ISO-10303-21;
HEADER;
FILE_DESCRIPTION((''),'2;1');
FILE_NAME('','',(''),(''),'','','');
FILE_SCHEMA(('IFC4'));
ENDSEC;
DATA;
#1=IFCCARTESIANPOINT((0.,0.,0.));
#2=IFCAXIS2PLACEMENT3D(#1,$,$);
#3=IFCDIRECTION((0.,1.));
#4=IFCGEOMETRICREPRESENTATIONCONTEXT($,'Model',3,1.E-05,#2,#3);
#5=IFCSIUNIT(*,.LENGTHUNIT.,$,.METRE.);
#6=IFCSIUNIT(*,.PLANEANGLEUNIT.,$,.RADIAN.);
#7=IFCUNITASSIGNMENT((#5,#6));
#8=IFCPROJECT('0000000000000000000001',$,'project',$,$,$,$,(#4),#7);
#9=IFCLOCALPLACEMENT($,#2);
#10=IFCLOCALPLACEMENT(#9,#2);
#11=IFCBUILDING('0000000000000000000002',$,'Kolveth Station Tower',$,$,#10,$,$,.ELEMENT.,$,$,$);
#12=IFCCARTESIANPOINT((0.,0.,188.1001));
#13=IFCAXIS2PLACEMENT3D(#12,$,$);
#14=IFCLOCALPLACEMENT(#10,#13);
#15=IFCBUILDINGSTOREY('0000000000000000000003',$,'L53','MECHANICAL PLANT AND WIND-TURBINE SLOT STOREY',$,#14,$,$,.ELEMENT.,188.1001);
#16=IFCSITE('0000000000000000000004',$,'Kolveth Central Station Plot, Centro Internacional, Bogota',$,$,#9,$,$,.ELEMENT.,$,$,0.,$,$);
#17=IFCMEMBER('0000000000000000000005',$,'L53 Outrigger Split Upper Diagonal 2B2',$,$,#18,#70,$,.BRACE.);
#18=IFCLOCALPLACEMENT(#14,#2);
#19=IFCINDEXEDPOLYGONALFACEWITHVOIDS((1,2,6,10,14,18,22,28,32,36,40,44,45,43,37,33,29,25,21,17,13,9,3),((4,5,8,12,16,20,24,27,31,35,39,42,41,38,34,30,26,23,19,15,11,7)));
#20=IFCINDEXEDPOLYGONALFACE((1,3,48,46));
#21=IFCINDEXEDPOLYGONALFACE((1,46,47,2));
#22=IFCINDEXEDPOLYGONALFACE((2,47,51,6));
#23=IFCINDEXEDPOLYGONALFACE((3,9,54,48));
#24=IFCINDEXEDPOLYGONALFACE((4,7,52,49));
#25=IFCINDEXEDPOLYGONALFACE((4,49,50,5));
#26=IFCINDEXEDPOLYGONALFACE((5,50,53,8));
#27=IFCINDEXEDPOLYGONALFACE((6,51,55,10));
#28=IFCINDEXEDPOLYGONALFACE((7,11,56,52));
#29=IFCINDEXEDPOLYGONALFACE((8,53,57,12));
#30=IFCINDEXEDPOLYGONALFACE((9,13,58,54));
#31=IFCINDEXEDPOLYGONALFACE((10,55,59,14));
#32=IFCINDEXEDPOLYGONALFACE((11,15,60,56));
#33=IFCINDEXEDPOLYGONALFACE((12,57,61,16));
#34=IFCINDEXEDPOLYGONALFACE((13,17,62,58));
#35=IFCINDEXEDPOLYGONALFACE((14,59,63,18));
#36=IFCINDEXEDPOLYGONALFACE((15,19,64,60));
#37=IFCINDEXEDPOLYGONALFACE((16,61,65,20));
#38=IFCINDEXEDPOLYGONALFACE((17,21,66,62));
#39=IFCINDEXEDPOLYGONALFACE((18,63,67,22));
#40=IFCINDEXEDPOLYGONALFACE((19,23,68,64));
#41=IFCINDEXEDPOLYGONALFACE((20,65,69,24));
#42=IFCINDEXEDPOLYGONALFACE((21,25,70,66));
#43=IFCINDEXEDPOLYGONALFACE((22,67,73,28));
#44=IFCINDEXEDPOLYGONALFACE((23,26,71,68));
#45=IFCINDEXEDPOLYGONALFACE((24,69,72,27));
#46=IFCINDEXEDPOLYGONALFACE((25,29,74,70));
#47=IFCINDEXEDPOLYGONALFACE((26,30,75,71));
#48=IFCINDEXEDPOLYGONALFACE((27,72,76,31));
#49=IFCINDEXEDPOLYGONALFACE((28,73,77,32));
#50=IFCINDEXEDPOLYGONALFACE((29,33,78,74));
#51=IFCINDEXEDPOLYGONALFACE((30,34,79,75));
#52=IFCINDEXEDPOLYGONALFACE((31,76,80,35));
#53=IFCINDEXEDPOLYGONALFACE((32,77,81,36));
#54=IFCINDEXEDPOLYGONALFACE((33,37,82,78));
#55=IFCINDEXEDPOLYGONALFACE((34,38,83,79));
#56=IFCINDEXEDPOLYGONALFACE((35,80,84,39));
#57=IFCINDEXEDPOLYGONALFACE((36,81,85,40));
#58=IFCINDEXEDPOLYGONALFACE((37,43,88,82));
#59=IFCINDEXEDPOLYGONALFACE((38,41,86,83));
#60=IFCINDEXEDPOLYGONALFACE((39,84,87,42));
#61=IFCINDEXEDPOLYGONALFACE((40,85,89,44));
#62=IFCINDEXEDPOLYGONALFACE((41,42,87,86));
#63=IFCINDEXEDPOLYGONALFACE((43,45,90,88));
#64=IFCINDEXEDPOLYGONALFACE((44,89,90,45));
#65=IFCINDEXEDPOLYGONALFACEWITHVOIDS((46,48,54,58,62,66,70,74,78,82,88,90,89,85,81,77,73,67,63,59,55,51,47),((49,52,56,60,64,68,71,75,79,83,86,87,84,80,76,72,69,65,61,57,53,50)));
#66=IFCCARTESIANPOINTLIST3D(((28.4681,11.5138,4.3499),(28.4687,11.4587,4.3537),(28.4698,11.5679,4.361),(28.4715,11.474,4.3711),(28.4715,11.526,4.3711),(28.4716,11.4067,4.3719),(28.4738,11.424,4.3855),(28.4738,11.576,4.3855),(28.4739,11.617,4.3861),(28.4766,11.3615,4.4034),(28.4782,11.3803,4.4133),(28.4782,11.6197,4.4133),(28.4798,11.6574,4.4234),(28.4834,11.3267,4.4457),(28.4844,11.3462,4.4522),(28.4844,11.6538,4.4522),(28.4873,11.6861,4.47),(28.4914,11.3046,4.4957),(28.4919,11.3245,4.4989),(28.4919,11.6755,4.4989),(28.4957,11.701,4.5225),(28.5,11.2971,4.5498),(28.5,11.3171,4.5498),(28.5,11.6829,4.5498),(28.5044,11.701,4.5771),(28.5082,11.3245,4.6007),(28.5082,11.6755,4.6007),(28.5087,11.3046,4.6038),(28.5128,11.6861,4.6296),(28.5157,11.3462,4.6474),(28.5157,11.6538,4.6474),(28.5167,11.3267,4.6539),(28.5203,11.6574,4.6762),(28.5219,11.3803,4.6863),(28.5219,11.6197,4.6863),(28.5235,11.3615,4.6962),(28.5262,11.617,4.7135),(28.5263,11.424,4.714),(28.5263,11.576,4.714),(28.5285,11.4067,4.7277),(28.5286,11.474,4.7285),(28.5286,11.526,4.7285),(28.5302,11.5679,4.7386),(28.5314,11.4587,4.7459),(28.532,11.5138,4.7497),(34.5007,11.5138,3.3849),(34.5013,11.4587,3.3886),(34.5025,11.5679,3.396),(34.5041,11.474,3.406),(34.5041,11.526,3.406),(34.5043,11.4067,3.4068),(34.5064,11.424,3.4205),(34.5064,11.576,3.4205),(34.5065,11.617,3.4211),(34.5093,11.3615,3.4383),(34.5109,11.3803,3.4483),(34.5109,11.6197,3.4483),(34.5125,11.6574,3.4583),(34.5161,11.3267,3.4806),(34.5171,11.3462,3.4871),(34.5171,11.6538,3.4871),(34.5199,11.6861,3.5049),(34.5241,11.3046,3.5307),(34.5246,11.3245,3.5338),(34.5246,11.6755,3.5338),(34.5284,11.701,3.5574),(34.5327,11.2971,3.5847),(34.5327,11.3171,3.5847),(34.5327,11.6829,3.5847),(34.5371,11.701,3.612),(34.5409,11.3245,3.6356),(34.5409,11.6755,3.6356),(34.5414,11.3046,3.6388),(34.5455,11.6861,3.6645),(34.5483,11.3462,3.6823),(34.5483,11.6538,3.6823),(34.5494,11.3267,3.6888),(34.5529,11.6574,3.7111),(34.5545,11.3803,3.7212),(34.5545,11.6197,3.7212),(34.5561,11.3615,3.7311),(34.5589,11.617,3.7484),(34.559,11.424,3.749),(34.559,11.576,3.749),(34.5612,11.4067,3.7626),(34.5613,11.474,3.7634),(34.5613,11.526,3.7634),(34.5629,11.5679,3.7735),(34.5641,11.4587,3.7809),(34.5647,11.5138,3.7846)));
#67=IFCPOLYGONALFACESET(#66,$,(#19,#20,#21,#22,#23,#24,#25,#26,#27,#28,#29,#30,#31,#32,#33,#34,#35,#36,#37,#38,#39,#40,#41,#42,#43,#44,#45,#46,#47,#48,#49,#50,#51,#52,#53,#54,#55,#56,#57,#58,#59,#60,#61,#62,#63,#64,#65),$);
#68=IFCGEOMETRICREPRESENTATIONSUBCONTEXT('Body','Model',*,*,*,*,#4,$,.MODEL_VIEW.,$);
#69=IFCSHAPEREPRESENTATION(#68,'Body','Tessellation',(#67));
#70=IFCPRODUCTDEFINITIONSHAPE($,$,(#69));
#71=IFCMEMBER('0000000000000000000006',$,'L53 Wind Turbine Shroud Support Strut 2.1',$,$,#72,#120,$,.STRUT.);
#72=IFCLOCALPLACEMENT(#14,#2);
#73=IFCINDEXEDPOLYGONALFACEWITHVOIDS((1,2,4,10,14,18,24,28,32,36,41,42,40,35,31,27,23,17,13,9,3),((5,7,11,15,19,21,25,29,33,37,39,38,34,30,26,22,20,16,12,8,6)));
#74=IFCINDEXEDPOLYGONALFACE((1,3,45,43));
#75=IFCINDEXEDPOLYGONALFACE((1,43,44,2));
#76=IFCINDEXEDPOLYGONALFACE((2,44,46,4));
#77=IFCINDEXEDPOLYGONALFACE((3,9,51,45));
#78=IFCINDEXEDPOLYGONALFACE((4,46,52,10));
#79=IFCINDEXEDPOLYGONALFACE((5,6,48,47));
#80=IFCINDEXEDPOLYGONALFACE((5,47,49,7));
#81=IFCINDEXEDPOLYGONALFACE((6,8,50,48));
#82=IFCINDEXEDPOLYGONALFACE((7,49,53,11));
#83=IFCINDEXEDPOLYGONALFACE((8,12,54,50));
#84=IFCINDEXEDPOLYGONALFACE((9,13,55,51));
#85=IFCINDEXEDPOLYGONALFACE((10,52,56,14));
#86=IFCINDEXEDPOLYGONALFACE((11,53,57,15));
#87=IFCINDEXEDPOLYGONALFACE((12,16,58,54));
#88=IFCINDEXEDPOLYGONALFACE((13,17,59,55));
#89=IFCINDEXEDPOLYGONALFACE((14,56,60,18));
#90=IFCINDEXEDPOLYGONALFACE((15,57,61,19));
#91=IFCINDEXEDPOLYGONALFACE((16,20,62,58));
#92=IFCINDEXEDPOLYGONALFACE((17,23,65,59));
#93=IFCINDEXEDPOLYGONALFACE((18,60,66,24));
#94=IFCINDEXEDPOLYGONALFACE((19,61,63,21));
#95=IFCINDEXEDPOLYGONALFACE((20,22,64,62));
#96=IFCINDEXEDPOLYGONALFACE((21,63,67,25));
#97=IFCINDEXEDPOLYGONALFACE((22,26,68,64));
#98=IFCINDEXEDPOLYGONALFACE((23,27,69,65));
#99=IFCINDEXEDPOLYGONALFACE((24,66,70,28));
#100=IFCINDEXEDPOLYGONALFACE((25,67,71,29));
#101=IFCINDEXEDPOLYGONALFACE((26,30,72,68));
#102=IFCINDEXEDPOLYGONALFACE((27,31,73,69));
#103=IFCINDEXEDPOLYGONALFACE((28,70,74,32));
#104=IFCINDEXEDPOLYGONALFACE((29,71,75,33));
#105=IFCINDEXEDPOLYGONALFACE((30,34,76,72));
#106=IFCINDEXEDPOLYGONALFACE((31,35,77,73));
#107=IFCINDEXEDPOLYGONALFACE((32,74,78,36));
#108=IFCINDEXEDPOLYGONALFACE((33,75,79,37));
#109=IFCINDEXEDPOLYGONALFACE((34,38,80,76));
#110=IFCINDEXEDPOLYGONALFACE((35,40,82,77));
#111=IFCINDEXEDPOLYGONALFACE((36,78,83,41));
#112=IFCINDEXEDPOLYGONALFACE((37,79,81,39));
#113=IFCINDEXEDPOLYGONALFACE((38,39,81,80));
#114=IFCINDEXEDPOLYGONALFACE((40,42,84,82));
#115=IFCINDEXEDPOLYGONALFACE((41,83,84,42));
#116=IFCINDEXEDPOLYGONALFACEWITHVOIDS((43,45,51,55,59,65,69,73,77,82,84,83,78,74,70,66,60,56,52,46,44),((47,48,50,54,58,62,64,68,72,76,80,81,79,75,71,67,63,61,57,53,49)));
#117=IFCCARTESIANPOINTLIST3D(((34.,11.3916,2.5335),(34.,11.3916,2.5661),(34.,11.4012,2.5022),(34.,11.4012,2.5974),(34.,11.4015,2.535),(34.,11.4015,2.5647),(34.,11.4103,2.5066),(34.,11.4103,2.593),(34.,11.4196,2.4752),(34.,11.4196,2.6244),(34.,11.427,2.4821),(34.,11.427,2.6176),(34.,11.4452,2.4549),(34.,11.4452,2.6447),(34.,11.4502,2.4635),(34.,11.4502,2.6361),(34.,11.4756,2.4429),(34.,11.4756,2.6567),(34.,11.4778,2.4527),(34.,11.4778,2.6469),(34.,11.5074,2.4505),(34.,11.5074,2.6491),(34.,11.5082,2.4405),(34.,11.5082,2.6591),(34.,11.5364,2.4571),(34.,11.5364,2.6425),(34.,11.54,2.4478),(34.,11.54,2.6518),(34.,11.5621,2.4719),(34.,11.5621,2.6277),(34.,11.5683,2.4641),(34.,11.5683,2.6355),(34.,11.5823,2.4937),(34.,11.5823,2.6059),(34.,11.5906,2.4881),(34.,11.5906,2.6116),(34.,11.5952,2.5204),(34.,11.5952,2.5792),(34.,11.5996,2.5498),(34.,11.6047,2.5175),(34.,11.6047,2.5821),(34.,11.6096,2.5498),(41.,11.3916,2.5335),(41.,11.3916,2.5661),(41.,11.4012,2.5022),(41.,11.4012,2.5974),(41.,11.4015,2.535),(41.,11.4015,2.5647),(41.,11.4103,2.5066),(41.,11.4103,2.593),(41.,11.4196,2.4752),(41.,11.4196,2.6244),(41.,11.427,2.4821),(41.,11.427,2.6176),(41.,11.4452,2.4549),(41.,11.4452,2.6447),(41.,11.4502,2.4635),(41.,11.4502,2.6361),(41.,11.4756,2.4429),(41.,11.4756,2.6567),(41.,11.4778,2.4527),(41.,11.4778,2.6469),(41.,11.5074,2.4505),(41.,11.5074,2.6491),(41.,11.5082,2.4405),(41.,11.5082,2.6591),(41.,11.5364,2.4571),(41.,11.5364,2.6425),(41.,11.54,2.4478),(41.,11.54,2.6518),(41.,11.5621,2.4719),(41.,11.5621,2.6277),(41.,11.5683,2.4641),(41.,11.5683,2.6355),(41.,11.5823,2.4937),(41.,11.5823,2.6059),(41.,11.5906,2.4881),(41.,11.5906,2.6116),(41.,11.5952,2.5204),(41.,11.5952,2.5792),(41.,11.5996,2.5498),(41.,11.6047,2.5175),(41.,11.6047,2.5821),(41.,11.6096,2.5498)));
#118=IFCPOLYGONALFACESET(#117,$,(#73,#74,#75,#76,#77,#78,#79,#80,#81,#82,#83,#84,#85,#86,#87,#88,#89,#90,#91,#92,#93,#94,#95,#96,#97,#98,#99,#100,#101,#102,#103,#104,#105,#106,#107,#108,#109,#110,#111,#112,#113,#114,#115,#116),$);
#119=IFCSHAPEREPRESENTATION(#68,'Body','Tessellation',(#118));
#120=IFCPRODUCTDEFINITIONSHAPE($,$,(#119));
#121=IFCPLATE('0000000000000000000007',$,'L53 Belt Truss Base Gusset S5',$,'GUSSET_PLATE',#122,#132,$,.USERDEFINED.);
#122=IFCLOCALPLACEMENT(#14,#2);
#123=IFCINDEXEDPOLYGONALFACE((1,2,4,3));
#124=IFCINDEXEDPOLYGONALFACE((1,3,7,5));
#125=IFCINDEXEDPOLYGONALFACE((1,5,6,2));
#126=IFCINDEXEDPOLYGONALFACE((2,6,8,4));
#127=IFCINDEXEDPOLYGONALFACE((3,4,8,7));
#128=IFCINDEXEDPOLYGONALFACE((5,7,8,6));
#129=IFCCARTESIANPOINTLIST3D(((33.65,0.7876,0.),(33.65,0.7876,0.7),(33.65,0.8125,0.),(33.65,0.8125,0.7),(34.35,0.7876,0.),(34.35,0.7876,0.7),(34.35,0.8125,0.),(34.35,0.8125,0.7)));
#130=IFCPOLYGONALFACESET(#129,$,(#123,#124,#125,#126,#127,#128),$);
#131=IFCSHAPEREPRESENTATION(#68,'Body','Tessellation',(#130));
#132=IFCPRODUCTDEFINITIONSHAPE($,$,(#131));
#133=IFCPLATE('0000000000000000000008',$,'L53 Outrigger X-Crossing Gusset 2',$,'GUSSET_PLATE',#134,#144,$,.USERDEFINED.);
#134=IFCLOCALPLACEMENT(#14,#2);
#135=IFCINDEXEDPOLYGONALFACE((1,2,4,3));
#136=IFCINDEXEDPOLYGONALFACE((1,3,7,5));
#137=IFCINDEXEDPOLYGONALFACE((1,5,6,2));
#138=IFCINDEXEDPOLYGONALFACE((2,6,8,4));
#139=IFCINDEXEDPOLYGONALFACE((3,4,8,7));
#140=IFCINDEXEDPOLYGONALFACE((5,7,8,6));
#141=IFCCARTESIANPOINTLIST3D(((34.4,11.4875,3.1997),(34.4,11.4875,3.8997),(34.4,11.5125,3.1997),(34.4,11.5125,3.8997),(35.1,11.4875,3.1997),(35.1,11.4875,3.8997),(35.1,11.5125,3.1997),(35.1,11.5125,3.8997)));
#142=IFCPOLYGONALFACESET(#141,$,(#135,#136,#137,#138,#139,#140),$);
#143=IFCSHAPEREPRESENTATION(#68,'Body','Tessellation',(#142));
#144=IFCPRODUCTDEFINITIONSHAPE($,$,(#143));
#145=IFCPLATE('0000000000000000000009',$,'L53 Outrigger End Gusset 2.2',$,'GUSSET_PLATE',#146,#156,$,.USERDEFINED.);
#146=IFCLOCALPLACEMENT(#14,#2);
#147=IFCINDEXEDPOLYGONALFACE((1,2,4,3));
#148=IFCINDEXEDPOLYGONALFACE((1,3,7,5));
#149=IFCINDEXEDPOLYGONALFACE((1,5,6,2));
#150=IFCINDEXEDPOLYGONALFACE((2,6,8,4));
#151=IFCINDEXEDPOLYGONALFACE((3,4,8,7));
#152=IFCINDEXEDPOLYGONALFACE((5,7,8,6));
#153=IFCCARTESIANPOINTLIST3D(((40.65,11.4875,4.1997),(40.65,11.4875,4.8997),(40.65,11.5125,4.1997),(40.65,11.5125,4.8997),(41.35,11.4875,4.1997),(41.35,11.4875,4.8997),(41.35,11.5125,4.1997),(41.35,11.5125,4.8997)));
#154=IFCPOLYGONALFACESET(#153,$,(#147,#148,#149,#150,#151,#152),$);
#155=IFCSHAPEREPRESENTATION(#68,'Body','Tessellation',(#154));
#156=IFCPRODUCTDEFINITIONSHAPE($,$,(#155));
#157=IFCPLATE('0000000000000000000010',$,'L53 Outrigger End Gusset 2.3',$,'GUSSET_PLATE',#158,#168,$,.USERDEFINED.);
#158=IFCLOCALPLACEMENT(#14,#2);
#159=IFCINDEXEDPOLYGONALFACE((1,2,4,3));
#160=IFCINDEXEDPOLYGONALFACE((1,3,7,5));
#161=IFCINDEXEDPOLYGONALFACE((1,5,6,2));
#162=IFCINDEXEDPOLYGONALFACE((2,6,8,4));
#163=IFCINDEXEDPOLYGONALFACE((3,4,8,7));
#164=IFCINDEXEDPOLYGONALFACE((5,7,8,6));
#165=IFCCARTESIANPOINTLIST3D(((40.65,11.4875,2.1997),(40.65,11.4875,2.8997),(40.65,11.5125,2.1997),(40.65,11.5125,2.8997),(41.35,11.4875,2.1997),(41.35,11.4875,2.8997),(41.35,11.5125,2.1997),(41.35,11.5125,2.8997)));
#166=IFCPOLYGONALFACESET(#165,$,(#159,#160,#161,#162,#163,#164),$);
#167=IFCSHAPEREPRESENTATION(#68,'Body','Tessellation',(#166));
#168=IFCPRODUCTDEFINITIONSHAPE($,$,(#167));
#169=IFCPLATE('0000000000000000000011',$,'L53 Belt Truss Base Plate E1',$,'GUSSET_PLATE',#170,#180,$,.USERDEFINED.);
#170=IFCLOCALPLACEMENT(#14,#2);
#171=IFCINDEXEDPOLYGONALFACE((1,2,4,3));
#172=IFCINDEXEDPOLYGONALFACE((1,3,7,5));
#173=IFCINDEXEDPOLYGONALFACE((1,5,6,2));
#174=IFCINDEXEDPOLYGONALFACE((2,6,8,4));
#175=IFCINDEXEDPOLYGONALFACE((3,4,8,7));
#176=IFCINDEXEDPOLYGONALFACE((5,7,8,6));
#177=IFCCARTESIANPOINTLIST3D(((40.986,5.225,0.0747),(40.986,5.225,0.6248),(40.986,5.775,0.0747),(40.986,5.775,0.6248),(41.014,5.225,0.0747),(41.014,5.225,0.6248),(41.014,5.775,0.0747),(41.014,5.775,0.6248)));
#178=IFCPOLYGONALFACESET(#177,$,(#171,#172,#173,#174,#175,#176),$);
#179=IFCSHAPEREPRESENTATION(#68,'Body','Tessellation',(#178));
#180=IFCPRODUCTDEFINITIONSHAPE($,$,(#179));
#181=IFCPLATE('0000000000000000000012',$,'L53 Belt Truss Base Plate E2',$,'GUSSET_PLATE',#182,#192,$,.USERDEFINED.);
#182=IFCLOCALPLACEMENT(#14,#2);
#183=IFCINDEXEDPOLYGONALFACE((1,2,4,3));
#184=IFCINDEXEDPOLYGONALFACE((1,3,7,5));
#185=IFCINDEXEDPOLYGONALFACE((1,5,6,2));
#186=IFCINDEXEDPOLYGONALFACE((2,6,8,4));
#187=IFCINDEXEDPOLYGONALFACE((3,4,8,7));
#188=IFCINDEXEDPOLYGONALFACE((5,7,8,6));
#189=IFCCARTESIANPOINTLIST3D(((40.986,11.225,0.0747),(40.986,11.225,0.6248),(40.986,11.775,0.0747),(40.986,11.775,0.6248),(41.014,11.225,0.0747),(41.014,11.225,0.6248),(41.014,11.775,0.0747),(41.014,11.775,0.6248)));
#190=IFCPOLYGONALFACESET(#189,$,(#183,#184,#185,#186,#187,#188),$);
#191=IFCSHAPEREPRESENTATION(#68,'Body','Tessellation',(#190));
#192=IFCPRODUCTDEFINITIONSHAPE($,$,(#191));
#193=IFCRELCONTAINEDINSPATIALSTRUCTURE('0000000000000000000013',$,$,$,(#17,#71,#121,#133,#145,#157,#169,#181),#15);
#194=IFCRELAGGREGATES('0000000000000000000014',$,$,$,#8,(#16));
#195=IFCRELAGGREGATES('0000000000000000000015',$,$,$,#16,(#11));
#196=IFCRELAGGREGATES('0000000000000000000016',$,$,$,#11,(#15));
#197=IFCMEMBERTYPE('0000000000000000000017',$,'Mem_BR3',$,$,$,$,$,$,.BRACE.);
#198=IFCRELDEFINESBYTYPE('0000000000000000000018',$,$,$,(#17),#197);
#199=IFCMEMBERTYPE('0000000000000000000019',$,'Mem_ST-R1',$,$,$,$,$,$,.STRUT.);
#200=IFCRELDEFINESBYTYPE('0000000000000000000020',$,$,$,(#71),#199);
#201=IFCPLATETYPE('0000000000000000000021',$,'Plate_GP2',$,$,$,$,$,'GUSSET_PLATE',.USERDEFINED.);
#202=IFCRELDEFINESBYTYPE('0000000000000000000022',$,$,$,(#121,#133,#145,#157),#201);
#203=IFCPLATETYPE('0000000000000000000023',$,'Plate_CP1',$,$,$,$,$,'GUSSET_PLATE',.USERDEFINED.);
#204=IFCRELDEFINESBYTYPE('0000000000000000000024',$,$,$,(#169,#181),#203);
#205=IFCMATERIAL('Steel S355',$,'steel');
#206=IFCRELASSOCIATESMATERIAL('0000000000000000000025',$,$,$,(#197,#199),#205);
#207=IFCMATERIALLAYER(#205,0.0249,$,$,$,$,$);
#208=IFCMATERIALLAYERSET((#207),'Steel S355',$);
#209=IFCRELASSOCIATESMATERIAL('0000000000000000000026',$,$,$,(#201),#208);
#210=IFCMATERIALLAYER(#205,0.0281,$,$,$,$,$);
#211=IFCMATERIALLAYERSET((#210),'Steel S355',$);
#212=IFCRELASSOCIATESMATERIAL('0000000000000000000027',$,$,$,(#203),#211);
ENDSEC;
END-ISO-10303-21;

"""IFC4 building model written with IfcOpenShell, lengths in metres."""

from ifc_helpers import new_model, si_unit, direction, frame, origin, origin_2d, place, context, subcontext, project, spatial, rectangle, hollow_circle, extrude, source, transform, mapped, material, layer, layer_set, material_profile, profile_set, type_object, element, save


model = new_model("IFC4")

# Units and contexts
model_context = context("Model", 3, precision=1e-05, world=origin(), true_north=direction((0.0, 1.0)))
body_context = subcontext(model_context, "Body", "Model", "MODEL_VIEW")
ifc_project = project(units=[si_unit("LENGTHUNIT", "METRE"), si_unit("PLANEANGLEUNIT", "RADIAN")], contexts=[model_context])

# Site, building, storey
site_placement = place(None, origin())
site = spatial("IfcSite", under=ifc_project, at=site_placement, Name="Kolveth Central Station Plot, Centro Internacional, Bogota", CompositionType="ELEMENT", RefElevation=0.0)
building_placement = place(site_placement, origin())
building = spatial("IfcBuilding", under=site, at=building_placement, Name="Kolveth Station Tower", CompositionType="ELEMENT")
storey_placement = place(building_placement, frame((0.0, 0.0, 188.1001)))
storey = spatial("IfcBuildingStorey", under=building, at=storey_placement, Name="L53", Description="MECHANICAL PLANT AND WIND-TURBINE SLOT STOREY", CompositionType="ELEMENT", Elevation=188.1001)

# Shared definitions
ifc_material_1 = material(Name="Steel S355", Category="steel")

# Members
ifc_material_profile_1 = material_profile(ifc_material_1, hollow_circle(Radius=0.2029, WallThickness=0.02, at=origin_2d()), Name="CHS406x20")
ifc_profile_set_1 = profile_set([ifc_material_profile_1], Name="Steel S355")
member_type_1 = type_object("IfcMemberType", Name="Mem_BR3", PredefinedType="BRACE", material=ifc_profile_set_1)
shared_shape_1 = source(origin(), body_context, "Body", "SweptSolid", [
    extrude(hollow_circle(Radius=0.2029, WallThickness=0.02, at=origin_2d()), origin(), (0.0, 0.0, 1.0), 6.1094),
])
for number, where, z_axis, x_axis, name in (
    (1, (34.5327, 11.5, 3.5847), (-0.987444, 0.0, 0.157967), (0.0, -1.0, 0.0), "L53 Outrigger Split Upper Diagonal 2B2"),
):
    element("IfcMember", number, at=place(storey_placement, frame(where, z_axis=z_axis, x_axis=x_axis)), inside=storey, type_object=member_type_1, Name=name, PredefinedType="BRACE", context=body_context, shape_type="MappedRepresentation", body=[
        mapped(shared_shape_1, transform((0.0, 0.0, 0.0), x_axis=(1.0, 0.0, 0.0), y_axis=(0.0, 1.0, 0.0), z_axis=(0.0, 0.0, 1.0), scale=1.0)),
    ])
ifc_material_profile_2 = material_profile(ifc_material_1, hollow_circle(Radius=0.1096, WallThickness=0.01, at=origin_2d()), Name="CHS219x10")
ifc_profile_set_2 = profile_set([ifc_material_profile_2], Name="Steel S355")
member_type_2 = type_object("IfcMemberType", Name="Mem_ST-R1", PredefinedType="STRUT", material=ifc_profile_set_2)
shared_shape_2 = source(origin(), body_context, "Body", "SweptSolid", [
    extrude(hollow_circle(Radius=0.1096, WallThickness=0.01, at=origin_2d()), origin(), (0.0, 0.0, 1.0), 7.0),
])
member_1_placement = place(storey_placement, frame((34.0, 11.5, 2.5498), z_axis=(1.0, 0.0, 0.0), x_axis=(0.0, 1.0, 0.0)))
element("IfcMember", 2, at=member_1_placement, inside=storey, type_object=member_type_2, Name="L53 Wind Turbine Shroud Support Strut 2.1", PredefinedType="STRUT", context=body_context, shape_type="MappedRepresentation", body=[
    mapped(shared_shape_2, transform((0.0, 0.0, 0.0), x_axis=(1.0, 0.0, 0.0), y_axis=(0.0, 1.0, 0.0), z_axis=(0.0, 0.0, 1.0), scale=1.0)),
])

# Plates
ifc_layer_1 = layer(ifc_material_1, 0.0249)
ifc_layer_set_1 = layer_set([ifc_layer_1], Name="Steel S355")
plate_type_1 = type_object("IfcPlateType", Name="Plate_GP2", ElementType="GUSSET_PLATE", PredefinedType="USERDEFINED", material=ifc_layer_set_1)
shared_shape_3 = source(origin(), body_context, "Body", "SweptSolid", [
    extrude(rectangle(XDim=0.7, YDim=0.0249, at=origin_2d()), origin(), (0.0, 0.0, 1.0), 0.7),
])
for number, where, z_axis, x_axis, name in (
    (3, (34.0, 0.8, 0.0), (0.0, 0.0, 1.0), (1.0, 0.0, 0.0), "L53 Belt Truss Base Gusset S5"),
    (4, (34.75, 11.5, 3.1997), (0.0, 0.0, 1.0), (1.0, 0.0, 0.0), "L53 Outrigger X-Crossing Gusset 2"),
    (5, (41.0, 11.5, 4.1997), (0.0, 0.0, 1.0), (1.0, 0.0, 0.0), "L53 Outrigger End Gusset 2.2"),
    (6, (41.0, 11.5, 2.1997), (0.0, 0.0, 1.0), (1.0, 0.0, 0.0), "L53 Outrigger End Gusset 2.3"),
):
    element("IfcPlate", number, at=place(storey_placement, frame(where, z_axis=z_axis, x_axis=x_axis)), inside=storey, type_object=plate_type_1, Name=name, ObjectType="GUSSET_PLATE", PredefinedType="USERDEFINED", context=body_context, shape_type="MappedRepresentation", body=[
        mapped(shared_shape_3, transform((0.0, 0.0, 0.0), x_axis=(1.0, 0.0, 0.0), y_axis=(0.0, 1.0, 0.0), z_axis=(0.0, 0.0, 1.0), scale=1.0)),
    ])
ifc_layer_2 = layer(ifc_material_1, 0.0281)
ifc_layer_set_2 = layer_set([ifc_layer_2], Name="Steel S355")
plate_type_2 = type_object("IfcPlateType", Name="Plate_CP1", ElementType="GUSSET_PLATE", PredefinedType="USERDEFINED", material=ifc_layer_set_2)
shared_shape_4 = source(origin(), body_context, "Body", "SweptSolid", [
    extrude(rectangle(XDim=0.0281, YDim=0.55, at=origin_2d()), origin(), (0.0, 0.0, 1.0), 0.55),
])
for number, where, z_axis, x_axis, name in (
    (7, (41.0, 5.5, 0.0747), (0.0, 0.0, 1.0), (1.0, 0.0, 0.0), "L53 Belt Truss Base Plate E1"),
    (8, (41.0, 11.5, 0.0747), (0.0, 0.0, 1.0), (1.0, 0.0, 0.0), "L53 Belt Truss Base Plate E2"),
):
    element("IfcPlate", number, at=place(storey_placement, frame(where, z_axis=z_axis, x_axis=x_axis)), inside=storey, type_object=plate_type_2, Name=name, ObjectType="GUSSET_PLATE", PredefinedType="USERDEFINED", context=body_context, shape_type="MappedRepresentation", body=[
        mapped(shared_shape_4, transform((0.0, 0.0, 0.0), x_axis=(1.0, 0.0, 0.0), y_axis=(0.0, 1.0, 0.0), z_axis=(0.0, 0.0, 1.0), scale=1.0)),
    ])

save(model, "model.ifc")
